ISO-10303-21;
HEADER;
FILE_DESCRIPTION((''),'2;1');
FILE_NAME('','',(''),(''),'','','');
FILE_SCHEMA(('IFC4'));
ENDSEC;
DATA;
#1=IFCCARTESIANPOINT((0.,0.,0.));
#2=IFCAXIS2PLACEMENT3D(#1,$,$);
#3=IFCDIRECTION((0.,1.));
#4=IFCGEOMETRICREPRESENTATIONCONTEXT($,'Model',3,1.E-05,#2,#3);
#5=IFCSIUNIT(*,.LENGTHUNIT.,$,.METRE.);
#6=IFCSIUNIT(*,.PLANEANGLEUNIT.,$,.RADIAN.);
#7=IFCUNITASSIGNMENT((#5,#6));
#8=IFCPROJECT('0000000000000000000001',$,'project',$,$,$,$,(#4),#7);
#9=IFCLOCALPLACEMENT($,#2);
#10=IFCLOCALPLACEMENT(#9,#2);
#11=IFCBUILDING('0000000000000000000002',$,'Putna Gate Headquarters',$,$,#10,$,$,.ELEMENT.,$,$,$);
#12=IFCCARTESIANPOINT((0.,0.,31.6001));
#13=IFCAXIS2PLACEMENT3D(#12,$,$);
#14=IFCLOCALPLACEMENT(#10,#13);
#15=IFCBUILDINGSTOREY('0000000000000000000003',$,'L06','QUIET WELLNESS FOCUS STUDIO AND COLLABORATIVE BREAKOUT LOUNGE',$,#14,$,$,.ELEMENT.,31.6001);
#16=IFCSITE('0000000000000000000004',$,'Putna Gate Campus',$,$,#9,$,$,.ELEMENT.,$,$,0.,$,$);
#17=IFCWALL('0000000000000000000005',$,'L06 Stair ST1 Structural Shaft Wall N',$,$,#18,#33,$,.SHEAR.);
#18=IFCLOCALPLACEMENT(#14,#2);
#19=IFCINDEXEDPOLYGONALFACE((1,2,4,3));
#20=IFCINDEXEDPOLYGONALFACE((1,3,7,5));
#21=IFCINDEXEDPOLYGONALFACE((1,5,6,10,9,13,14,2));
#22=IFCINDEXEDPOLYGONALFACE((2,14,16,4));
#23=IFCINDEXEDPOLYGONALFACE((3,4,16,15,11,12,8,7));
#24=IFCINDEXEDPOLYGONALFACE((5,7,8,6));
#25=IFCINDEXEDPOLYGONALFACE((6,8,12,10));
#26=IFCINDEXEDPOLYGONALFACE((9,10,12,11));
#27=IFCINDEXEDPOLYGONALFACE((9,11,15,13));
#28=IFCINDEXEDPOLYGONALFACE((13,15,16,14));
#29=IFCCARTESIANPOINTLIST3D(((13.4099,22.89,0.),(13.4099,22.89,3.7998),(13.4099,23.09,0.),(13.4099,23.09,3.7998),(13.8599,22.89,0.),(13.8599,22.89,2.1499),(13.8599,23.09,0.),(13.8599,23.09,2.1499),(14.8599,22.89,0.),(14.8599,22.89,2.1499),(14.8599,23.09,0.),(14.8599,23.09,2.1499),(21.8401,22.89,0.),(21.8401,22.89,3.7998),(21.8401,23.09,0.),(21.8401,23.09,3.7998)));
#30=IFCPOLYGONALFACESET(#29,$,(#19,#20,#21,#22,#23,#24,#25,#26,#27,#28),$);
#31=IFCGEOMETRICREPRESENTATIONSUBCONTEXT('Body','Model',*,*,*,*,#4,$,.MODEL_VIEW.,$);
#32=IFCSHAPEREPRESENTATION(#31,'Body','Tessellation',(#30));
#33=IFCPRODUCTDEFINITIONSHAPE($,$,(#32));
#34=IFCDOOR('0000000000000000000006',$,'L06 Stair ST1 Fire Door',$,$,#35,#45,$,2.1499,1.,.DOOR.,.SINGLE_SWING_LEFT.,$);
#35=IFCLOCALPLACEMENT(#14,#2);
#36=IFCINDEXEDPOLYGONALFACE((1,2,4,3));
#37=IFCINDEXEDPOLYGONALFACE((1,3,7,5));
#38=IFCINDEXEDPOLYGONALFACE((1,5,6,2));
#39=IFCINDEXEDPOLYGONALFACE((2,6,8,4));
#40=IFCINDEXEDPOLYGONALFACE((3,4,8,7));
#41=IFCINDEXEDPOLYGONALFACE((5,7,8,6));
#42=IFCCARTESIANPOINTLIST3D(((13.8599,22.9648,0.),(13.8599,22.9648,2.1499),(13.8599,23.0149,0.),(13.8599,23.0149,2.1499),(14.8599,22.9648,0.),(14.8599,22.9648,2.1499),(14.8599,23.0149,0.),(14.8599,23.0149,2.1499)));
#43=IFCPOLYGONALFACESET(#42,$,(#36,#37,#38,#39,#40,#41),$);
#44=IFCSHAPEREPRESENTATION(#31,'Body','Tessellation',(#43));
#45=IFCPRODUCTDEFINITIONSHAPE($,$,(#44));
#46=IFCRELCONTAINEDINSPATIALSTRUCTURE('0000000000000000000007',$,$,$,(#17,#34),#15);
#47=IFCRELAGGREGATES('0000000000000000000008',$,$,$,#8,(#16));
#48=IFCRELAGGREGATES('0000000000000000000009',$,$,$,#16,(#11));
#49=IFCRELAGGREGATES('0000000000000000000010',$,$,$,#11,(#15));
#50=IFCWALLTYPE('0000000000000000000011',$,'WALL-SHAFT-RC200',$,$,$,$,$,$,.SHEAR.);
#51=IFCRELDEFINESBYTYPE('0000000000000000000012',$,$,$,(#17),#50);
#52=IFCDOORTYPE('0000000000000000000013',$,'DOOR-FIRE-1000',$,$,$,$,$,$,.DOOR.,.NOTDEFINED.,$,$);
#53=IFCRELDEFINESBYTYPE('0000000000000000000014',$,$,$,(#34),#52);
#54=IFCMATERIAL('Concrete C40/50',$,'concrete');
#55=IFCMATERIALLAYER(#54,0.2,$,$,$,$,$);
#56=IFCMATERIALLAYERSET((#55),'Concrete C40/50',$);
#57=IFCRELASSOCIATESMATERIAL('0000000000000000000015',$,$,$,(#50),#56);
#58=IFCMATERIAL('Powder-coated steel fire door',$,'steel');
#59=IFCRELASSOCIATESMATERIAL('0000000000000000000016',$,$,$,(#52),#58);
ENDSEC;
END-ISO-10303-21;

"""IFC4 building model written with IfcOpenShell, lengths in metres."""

from ifc_helpers import new_model, si_unit, direction, frame, frame_2d, origin, place, context, subcontext, project, spatial, rectangle, extrude, material, layer, layer_set, type_object, element, fill, save


model = new_model("IFC4")

# Units and contexts
model_context = context("Model", 3, precision=1e-05, world=origin(), true_north=direction((0.0, 1.0)))
body_context = subcontext(model_context, "Body", "Model", "MODEL_VIEW")
ifc_project = project(units=[si_unit("LENGTHUNIT", "METRE"), si_unit("PLANEANGLEUNIT", "RADIAN")], contexts=[model_context])

# Site, building, storey
site_placement = place(None, origin())
site = spatial("IfcSite", under=ifc_project, at=site_placement, Name="Putna Gate Campus", CompositionType="ELEMENT", RefElevation=0.0)
building_placement = place(site_placement, origin())
building = spatial("IfcBuilding", under=site, at=building_placement, Name="Putna Gate Headquarters", CompositionType="ELEMENT")
storey_placement = place(building_placement, frame((0.0, 0.0, 31.6001)))
storey = spatial("IfcBuildingStorey", under=building, at=storey_placement, Name="L06", Description="QUIET WELLNESS FOCUS STUDIO AND COLLABORATIVE BREAKOUT LOUNGE", CompositionType="ELEMENT", Elevation=31.6001)

# Shared definitions
ifc_material_1 = material(Name="Concrete C40/50", Category="concrete")

# Wall, opening, door
ifc_layer_1 = layer(ifc_material_1, 0.2)
ifc_layer_set_1 = layer_set([ifc_layer_1], Name="Concrete C40/50")
wall_type_1 = type_object("IfcWallType", Name="WALL-SHAFT-RC200", PredefinedType="SHEAR", material=ifc_layer_set_1)
wall_1_placement = place(storey_placement, frame((13.4099, 22.99, 0.0), z_axis=(0.0, 0.0, 1.0), x_axis=(1.0, 0.0, 0.0)))
wall_1 = element("IfcWall", 1, at=wall_1_placement, inside=storey, type_object=wall_type_1, Name="L06 Stair ST1 Structural Shaft Wall N", PredefinedType="SHEAR", context=body_context, shape_type="SweptSolid", body=[
    extrude(rectangle(XDim=8.4302, YDim=0.2, at=frame_2d((4.2151, 0.0))), origin(), (0.0, 0.0, 1.0), 3.7998),
])
opening_1_placement = place(wall_1_placement, frame((0.45, 0.0, 0.0)))
opening_1 = element("IfcOpeningElement", 2, at=opening_1_placement, cuts=wall_1, PredefinedType="OPENING", context=body_context, shape_type="SweptSolid", body=[
    extrude(rectangle(XDim=1.0, YDim=2.1499, at=frame_2d((0.5, 1.075))), frame((0.0, 0.1099, 0.0), z_axis=(0.0, -1.0, 0.0), x_axis=(1.0, 0.0, 0.0)), (0.0, 0.0, 1.0), 0.22),
])
ifc_material_2 = material(Name="Powder-coated steel fire door", Category="steel")
door_type_1 = type_object("IfcDoorType", Name="DOOR-FIRE-1000", OperationType="NOTDEFINED", PredefinedType="DOOR", material=ifc_material_2)
door_1_placement = place(opening_1_placement, origin())
door_1 = element("IfcDoor", 3, at=door_1_placement, inside=storey, type_object=door_type_1, Name="L06 Stair ST1 Fire Door", OperationType="SINGLE_SWING_LEFT", OverallHeight=2.1499, OverallWidth=1.0, PredefinedType="DOOR", context=body_context, shape_type="SweptSolid", body=[
    extrude(rectangle(XDim=1.0, YDim=2.1499, at=frame_2d((0.5, 1.075))), frame((0.0, 0.0249, 0.0), z_axis=(0.0, -1.0, 0.0), x_axis=(1.0, 0.0, 0.0)), (0.0, 0.0, 1.0), 0.05),
])
fill(opening_1, door_1)

save(model, "model.ifc")
